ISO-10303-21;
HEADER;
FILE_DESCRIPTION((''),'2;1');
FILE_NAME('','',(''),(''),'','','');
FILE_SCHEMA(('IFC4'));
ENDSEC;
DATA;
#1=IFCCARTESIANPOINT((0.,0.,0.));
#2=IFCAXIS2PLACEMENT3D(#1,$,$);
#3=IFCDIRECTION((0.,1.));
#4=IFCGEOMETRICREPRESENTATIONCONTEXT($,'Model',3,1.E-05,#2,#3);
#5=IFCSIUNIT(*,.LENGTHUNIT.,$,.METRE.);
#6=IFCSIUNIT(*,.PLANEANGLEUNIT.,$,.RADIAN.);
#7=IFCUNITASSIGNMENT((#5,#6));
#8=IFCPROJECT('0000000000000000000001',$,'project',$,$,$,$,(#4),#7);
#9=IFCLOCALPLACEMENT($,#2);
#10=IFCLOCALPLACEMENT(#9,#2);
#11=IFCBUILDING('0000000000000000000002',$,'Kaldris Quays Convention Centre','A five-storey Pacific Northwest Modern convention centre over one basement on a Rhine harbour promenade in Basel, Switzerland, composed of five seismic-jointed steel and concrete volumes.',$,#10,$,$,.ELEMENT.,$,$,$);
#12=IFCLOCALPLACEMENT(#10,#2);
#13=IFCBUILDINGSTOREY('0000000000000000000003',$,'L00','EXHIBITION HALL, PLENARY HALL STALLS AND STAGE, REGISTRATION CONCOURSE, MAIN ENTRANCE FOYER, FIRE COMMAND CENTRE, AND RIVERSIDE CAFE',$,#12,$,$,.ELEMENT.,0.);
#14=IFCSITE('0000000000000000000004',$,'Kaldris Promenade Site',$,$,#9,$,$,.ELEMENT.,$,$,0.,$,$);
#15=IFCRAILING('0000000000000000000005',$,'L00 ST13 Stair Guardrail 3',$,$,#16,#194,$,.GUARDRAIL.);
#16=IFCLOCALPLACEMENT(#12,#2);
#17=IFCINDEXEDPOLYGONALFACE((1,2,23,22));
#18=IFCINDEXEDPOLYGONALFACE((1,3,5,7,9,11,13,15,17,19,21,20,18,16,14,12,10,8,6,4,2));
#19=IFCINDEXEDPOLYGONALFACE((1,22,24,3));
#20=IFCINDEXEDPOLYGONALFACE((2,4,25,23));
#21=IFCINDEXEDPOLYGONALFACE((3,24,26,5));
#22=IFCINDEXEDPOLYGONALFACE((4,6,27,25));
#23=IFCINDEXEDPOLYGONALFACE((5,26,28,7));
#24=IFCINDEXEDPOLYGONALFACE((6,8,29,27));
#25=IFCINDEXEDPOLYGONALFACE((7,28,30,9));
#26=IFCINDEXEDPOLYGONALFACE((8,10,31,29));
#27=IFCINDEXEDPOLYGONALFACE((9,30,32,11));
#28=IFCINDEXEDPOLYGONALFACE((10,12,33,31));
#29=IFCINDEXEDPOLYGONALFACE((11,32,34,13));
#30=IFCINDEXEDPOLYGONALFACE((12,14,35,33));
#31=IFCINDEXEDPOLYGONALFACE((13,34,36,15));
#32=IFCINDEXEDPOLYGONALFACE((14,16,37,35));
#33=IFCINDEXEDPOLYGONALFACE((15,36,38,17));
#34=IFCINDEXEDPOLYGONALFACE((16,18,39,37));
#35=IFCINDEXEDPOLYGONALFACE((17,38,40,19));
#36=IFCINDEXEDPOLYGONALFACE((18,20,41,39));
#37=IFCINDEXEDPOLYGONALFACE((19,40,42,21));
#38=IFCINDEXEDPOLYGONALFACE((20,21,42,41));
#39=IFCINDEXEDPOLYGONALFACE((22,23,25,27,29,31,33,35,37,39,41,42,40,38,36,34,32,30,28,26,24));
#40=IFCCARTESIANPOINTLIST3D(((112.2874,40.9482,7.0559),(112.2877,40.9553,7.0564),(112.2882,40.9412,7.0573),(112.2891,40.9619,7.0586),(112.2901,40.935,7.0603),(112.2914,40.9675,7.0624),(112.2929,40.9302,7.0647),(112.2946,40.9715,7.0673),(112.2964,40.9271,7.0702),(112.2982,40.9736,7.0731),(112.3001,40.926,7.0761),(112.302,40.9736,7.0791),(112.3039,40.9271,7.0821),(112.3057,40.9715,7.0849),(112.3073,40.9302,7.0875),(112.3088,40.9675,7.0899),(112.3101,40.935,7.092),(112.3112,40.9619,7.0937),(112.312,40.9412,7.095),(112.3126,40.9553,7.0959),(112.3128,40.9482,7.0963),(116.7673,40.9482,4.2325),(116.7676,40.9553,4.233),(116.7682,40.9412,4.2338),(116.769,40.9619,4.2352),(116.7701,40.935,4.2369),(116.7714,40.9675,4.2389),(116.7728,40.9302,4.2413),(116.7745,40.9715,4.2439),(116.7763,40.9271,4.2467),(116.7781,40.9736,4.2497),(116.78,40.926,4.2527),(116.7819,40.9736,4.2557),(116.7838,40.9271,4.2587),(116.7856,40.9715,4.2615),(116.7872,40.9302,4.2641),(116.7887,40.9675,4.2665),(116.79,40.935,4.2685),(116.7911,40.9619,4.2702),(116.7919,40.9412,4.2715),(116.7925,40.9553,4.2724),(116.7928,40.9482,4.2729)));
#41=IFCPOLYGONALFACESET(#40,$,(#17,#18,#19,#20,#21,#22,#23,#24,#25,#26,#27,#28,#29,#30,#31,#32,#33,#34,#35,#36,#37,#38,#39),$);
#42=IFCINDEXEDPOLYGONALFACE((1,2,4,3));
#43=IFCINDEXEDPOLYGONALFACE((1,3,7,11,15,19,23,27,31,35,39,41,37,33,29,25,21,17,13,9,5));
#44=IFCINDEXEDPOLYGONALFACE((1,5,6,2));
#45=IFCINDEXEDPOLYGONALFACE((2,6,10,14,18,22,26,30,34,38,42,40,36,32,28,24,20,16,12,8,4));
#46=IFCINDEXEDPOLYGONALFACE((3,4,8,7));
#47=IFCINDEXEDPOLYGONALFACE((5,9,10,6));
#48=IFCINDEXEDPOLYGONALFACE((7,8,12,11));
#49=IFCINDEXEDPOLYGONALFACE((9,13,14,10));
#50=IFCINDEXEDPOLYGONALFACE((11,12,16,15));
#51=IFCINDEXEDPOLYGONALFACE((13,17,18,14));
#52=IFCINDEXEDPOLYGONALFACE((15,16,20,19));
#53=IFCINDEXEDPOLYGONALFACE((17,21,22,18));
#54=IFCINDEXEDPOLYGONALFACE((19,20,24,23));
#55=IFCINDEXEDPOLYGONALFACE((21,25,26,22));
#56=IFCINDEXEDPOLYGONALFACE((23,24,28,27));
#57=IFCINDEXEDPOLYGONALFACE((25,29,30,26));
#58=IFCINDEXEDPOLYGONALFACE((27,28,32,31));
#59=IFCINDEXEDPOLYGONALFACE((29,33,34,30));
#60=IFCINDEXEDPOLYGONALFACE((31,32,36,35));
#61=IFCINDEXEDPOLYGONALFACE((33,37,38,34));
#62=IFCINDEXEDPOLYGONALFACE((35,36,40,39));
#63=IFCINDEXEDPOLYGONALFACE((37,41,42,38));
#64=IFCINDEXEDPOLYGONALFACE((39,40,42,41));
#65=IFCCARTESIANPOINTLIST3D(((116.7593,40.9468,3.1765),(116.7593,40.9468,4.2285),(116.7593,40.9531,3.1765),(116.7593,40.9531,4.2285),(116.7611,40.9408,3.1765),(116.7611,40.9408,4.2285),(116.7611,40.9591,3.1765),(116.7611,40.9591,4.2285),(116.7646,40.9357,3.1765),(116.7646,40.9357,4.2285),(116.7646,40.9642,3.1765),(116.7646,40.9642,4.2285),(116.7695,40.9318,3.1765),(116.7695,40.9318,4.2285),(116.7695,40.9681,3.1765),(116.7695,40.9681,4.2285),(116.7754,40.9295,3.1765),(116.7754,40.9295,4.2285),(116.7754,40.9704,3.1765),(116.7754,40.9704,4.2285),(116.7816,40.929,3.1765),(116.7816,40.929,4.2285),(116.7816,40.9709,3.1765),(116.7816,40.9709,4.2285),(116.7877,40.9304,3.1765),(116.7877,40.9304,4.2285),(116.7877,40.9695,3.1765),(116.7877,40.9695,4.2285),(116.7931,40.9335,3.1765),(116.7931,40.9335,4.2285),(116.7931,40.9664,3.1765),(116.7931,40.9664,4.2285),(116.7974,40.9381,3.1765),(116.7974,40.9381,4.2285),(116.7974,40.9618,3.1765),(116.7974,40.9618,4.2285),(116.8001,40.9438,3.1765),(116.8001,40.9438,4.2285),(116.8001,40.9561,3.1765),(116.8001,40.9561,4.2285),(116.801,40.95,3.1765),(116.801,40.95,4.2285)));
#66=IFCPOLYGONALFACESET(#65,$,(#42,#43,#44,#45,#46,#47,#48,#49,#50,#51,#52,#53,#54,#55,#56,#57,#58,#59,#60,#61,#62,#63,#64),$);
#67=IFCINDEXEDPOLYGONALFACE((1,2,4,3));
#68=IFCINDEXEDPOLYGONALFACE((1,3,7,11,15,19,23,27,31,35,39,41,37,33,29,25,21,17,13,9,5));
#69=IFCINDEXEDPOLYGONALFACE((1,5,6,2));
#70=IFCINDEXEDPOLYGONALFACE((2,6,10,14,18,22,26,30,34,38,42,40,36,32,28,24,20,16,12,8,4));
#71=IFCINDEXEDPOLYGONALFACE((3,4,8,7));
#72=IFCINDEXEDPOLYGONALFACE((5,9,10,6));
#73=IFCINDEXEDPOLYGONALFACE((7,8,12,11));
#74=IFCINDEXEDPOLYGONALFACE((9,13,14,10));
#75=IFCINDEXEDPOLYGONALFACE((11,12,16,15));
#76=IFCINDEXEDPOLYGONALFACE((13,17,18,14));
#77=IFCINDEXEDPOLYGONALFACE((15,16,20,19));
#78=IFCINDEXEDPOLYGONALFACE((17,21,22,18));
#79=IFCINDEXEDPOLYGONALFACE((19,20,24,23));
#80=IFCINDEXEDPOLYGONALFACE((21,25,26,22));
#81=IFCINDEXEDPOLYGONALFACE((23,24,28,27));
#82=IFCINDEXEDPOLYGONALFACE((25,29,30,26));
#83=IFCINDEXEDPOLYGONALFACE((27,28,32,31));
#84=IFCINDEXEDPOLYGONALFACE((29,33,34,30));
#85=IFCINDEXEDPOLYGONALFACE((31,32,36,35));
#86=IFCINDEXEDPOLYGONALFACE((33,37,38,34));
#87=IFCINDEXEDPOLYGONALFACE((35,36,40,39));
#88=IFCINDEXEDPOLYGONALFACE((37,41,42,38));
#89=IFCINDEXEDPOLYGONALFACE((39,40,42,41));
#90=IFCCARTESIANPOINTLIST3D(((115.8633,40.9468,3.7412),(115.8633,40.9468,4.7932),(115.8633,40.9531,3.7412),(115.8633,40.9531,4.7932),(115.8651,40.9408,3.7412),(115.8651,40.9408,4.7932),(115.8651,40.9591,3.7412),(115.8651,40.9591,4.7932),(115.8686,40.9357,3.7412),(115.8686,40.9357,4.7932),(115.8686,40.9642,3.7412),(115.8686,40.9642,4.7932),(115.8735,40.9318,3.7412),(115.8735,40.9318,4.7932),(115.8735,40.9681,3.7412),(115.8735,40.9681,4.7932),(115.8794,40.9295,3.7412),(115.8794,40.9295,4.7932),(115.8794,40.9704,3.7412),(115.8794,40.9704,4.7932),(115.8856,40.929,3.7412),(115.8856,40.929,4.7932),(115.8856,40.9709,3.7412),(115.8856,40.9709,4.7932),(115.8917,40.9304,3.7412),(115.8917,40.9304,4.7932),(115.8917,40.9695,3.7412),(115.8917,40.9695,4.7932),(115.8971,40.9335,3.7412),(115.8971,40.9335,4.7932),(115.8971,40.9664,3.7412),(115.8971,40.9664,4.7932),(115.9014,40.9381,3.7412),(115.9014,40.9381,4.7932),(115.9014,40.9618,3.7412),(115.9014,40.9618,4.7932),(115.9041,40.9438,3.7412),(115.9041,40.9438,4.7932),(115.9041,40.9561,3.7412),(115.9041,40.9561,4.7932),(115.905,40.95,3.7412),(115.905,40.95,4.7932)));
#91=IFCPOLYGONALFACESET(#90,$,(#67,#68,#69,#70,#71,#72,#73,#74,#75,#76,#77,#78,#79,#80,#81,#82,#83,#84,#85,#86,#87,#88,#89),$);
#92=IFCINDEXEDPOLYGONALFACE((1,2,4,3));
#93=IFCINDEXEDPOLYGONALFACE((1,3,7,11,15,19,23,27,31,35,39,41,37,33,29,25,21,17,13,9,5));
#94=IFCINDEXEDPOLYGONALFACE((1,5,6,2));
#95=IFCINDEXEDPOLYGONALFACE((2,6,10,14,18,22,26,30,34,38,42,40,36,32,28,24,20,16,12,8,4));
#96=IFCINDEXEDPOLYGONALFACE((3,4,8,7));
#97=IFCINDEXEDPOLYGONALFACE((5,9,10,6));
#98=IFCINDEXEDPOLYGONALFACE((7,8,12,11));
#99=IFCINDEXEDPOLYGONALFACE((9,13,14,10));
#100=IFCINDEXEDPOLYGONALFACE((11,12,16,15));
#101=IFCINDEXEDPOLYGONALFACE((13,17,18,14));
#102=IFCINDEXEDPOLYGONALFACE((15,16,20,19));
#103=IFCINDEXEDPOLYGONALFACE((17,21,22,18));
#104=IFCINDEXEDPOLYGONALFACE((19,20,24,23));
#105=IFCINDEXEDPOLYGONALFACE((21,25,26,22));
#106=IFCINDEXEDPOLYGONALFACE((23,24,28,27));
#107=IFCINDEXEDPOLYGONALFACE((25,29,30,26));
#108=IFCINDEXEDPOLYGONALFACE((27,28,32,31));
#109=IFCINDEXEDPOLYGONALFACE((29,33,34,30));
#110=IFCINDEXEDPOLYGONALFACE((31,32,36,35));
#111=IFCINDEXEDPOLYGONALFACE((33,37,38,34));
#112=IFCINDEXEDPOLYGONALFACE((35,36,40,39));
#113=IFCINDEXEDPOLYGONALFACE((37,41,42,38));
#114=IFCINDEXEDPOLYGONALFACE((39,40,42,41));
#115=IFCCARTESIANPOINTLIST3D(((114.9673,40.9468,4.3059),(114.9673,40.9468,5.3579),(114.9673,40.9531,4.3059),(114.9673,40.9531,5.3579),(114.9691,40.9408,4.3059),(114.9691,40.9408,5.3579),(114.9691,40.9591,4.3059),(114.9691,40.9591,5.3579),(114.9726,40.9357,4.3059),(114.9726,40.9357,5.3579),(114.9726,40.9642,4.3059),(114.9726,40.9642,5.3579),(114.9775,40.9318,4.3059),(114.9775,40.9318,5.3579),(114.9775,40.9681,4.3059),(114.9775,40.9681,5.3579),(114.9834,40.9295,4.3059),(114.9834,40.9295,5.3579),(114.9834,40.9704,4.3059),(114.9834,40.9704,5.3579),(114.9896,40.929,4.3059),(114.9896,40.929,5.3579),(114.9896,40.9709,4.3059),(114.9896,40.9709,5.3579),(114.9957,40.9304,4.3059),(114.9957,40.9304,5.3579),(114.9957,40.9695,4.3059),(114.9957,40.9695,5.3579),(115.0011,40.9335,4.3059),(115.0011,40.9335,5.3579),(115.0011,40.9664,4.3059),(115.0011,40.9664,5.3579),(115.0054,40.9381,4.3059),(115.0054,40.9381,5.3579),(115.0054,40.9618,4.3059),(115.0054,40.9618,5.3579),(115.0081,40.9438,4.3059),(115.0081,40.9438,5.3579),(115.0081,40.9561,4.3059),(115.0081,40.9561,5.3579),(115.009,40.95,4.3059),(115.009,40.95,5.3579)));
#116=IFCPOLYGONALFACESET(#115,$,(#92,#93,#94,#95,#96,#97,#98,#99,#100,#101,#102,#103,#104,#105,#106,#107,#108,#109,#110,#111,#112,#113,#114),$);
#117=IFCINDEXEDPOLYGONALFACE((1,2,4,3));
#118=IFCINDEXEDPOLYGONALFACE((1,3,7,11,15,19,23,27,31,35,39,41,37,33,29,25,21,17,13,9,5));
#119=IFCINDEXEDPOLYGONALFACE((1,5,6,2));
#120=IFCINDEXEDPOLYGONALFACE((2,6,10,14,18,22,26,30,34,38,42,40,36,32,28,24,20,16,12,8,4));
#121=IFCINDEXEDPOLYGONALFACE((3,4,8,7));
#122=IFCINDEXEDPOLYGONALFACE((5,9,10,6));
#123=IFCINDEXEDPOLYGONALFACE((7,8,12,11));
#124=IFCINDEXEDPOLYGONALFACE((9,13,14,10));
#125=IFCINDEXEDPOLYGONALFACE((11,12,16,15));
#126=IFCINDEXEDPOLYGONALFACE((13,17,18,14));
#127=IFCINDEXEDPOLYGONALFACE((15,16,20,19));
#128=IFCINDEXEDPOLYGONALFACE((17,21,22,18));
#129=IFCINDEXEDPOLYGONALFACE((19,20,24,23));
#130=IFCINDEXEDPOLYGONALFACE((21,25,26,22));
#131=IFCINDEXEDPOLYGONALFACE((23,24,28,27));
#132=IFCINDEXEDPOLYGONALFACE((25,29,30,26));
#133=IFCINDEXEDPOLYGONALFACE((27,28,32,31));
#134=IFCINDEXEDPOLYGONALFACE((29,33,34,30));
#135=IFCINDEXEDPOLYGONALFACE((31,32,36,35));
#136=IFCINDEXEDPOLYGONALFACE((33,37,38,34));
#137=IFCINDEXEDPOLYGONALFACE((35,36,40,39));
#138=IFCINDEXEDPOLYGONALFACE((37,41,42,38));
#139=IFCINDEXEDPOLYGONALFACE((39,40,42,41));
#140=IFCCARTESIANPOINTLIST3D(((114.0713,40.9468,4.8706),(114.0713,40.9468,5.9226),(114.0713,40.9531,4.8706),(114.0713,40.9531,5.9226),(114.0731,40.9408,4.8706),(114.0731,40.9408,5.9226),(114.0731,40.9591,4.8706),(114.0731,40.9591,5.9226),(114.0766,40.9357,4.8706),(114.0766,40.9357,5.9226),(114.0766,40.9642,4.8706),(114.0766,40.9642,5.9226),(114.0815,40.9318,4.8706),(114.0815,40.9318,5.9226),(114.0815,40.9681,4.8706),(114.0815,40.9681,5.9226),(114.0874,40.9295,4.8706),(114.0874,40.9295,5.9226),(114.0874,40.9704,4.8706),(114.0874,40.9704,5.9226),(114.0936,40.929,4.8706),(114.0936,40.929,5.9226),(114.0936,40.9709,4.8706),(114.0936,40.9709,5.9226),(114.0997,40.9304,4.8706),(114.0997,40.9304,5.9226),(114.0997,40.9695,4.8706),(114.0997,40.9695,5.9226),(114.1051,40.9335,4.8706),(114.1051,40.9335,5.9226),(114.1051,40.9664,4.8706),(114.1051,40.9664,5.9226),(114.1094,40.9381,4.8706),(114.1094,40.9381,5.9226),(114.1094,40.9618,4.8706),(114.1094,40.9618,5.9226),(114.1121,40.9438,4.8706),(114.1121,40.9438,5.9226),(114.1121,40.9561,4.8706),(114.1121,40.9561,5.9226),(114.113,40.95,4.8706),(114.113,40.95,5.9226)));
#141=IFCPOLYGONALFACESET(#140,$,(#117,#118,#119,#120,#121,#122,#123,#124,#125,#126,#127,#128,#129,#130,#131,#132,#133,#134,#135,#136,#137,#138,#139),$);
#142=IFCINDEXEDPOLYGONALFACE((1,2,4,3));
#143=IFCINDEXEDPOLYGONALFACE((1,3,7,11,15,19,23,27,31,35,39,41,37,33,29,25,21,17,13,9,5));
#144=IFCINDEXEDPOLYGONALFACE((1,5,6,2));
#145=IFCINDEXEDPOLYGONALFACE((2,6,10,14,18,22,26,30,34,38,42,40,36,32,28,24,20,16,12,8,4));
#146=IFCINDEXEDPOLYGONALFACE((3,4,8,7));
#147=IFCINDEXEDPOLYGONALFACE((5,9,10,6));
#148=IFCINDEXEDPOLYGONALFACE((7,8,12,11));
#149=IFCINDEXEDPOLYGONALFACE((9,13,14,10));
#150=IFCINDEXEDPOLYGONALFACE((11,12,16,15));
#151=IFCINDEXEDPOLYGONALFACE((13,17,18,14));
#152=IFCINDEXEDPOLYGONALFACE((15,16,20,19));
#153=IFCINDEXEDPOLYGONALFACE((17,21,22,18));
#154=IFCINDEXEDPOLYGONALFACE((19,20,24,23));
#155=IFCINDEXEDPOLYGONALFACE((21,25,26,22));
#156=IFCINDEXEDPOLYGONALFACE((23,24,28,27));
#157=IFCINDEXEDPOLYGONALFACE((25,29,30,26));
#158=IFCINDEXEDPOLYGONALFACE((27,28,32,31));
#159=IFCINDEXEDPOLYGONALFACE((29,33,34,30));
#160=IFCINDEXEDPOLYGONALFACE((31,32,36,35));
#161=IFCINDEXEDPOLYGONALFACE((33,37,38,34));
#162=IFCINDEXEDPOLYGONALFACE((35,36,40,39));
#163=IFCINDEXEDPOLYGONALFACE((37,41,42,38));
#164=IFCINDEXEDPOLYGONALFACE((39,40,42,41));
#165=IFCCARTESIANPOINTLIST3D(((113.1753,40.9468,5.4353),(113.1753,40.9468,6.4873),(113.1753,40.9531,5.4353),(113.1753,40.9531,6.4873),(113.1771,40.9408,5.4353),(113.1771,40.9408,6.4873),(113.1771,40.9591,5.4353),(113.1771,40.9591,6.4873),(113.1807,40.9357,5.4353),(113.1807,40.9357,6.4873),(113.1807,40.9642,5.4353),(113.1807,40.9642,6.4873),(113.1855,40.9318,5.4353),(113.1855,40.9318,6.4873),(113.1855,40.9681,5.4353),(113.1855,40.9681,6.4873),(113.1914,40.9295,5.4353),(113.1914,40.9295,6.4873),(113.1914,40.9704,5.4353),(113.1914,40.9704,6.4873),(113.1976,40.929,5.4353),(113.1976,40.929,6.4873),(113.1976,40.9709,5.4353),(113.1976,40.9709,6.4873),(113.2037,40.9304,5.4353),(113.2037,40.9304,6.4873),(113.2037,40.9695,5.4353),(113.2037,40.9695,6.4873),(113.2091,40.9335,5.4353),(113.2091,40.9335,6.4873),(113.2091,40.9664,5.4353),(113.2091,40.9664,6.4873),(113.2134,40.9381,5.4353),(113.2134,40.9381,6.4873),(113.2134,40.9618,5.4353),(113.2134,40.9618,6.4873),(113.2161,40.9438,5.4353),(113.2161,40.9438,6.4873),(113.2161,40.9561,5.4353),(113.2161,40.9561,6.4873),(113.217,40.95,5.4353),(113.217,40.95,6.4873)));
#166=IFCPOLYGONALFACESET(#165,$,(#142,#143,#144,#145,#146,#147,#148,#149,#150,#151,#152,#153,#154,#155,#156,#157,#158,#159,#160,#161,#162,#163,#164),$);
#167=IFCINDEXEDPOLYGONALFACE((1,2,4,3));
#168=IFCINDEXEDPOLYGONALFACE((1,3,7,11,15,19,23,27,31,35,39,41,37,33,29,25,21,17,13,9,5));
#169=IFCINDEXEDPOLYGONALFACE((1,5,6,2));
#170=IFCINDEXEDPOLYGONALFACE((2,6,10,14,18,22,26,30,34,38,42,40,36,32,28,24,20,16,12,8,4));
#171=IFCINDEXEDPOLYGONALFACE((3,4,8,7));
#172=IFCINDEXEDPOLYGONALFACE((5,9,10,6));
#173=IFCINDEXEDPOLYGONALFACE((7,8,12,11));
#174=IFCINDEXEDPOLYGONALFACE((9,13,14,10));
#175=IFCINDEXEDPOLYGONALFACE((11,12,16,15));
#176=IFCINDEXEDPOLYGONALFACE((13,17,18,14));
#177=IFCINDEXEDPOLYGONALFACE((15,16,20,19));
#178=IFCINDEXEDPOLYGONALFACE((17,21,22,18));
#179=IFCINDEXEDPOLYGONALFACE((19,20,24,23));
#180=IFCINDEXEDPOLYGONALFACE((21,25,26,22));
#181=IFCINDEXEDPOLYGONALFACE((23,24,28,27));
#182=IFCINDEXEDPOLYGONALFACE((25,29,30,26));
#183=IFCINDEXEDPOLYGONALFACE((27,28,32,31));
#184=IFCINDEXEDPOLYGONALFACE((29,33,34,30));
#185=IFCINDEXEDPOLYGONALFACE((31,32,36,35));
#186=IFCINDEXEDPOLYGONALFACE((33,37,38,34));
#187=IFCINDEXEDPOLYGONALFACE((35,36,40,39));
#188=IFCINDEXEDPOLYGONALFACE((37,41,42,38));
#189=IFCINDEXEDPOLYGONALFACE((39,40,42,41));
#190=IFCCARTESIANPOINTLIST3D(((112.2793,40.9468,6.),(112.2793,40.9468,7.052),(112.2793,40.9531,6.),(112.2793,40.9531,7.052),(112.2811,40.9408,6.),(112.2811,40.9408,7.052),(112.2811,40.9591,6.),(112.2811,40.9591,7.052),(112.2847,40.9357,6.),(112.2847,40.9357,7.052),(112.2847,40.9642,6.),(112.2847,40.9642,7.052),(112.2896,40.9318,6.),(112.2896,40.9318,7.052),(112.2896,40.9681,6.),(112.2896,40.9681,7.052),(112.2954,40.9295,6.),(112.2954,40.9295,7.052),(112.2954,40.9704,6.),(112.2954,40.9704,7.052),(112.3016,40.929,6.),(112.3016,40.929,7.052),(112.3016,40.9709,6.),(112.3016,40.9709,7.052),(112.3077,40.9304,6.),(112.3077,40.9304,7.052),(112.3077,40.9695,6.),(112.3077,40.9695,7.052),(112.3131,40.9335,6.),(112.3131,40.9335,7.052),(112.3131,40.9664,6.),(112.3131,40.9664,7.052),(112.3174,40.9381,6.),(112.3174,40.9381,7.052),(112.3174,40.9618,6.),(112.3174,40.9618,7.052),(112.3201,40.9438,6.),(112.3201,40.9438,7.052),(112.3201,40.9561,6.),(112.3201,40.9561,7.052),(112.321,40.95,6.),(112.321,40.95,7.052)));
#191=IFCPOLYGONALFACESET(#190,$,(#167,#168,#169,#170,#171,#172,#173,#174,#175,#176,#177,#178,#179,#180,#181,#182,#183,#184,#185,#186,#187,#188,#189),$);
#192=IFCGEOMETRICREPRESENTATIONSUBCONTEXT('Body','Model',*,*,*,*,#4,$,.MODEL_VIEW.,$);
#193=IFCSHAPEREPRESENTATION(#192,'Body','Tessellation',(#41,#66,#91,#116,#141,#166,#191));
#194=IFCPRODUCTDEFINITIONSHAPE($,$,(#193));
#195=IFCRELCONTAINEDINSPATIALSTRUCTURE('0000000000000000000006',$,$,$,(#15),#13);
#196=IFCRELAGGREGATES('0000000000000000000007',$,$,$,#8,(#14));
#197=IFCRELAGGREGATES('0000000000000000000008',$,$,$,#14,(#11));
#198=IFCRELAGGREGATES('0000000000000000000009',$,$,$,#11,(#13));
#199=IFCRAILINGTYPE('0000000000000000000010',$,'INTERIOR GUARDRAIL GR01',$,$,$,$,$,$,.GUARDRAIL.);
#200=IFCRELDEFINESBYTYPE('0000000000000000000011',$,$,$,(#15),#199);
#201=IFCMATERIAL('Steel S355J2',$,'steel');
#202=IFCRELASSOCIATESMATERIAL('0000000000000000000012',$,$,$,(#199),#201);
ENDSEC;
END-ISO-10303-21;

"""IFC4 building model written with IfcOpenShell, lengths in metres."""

from ifc_helpers import new_model, si_unit, direction, frame, origin, origin_2d, place, context, subcontext, project, spatial, circle, extrude, material, type_object, element, save


model = new_model("IFC4")

# Units and contexts
model_context = context("Model", 3, precision=1e-05, world=origin(), true_north=direction((0.0, 1.0)))
body_context = subcontext(model_context, "Body", "Model", "MODEL_VIEW")
ifc_project = project(units=[si_unit("LENGTHUNIT", "METRE"), si_unit("PLANEANGLEUNIT", "RADIAN")], contexts=[model_context])

# Site, building, storey
site_placement = place(None, origin())
site = spatial("IfcSite", under=ifc_project, at=site_placement, Name="Kaldris Promenade Site", CompositionType="ELEMENT", RefElevation=0.0)
building_placement = place(site_placement, origin())
building = spatial("IfcBuilding", under=site, at=building_placement, Name="Kaldris Quays Convention Centre", Description="A five-storey Pacific Northwest Modern convention centre over one basement on a Rhine harbour promenade in Basel, Switzerland, composed of five seismic-jointed steel and concrete volumes.", CompositionType="ELEMENT")
storey_placement = place(building_placement, origin())
storey = spatial("IfcBuildingStorey", under=building, at=storey_placement, Name="L00", Description="EXHIBITION HALL, PLENARY HALL STALLS AND STAGE, REGISTRATION CONCOURSE, MAIN ENTRANCE FOYER, FIRE COMMAND CENTRE, AND RIVERSIDE CAFE", CompositionType="ELEMENT", Elevation=0.0)

# Railing
ifc_material_1 = material(Name="Steel S355J2", Category="steel")
railing_type_1 = type_object("IfcRailingType", Name="INTERIOR GUARDRAIL GR01", PredefinedType="GUARDRAIL", material=ifc_material_1)
railing_1_placement = place(storey_placement, frame((116.78, 40.95, 3.1765)))
element("IfcRailing", 1, at=railing_1_placement, inside=storey, type_object=railing_type_1, Name="L00 ST13 Stair Guardrail 3", PredefinedType="GUARDRAIL", context=body_context, shape_type="SweptSolid", body=[
    extrude(circle(Radius=0.0239, at=origin_2d()), frame((0.0, 0.0, 1.0762), z_axis=(-0.845998, 0.0, 0.533186), x_axis=(0.0, -1.0, 0.0)), (0.0, 0.0, 1.0), 5.2954),
    extrude(circle(Radius=0.021, at=origin_2d()), origin(), (0.0, 0.0, 1.0), 1.052),
    extrude(circle(Radius=0.021, at=origin_2d()), frame((-0.896, 0.0, 0.5647)), (0.0, 0.0, 1.0), 1.052),
    extrude(circle(Radius=0.021, at=origin_2d()), frame((-1.792, 0.0, 1.1294)), (0.0, 0.0, 1.0), 1.052),
    extrude(circle(Radius=0.021, at=origin_2d()), frame((-2.688, 0.0, 1.6941)), (0.0, 0.0, 1.0), 1.052),
    extrude(circle(Radius=0.021, at=origin_2d()), frame((-3.584, 0.0, 2.2588)), (0.0, 0.0, 1.0), 1.052),
    extrude(circle(Radius=0.021, at=origin_2d()), frame((-4.48, 0.0, 2.8235)), (0.0, 0.0, 1.0), 1.052),
])

save(model, "model.ifc")
